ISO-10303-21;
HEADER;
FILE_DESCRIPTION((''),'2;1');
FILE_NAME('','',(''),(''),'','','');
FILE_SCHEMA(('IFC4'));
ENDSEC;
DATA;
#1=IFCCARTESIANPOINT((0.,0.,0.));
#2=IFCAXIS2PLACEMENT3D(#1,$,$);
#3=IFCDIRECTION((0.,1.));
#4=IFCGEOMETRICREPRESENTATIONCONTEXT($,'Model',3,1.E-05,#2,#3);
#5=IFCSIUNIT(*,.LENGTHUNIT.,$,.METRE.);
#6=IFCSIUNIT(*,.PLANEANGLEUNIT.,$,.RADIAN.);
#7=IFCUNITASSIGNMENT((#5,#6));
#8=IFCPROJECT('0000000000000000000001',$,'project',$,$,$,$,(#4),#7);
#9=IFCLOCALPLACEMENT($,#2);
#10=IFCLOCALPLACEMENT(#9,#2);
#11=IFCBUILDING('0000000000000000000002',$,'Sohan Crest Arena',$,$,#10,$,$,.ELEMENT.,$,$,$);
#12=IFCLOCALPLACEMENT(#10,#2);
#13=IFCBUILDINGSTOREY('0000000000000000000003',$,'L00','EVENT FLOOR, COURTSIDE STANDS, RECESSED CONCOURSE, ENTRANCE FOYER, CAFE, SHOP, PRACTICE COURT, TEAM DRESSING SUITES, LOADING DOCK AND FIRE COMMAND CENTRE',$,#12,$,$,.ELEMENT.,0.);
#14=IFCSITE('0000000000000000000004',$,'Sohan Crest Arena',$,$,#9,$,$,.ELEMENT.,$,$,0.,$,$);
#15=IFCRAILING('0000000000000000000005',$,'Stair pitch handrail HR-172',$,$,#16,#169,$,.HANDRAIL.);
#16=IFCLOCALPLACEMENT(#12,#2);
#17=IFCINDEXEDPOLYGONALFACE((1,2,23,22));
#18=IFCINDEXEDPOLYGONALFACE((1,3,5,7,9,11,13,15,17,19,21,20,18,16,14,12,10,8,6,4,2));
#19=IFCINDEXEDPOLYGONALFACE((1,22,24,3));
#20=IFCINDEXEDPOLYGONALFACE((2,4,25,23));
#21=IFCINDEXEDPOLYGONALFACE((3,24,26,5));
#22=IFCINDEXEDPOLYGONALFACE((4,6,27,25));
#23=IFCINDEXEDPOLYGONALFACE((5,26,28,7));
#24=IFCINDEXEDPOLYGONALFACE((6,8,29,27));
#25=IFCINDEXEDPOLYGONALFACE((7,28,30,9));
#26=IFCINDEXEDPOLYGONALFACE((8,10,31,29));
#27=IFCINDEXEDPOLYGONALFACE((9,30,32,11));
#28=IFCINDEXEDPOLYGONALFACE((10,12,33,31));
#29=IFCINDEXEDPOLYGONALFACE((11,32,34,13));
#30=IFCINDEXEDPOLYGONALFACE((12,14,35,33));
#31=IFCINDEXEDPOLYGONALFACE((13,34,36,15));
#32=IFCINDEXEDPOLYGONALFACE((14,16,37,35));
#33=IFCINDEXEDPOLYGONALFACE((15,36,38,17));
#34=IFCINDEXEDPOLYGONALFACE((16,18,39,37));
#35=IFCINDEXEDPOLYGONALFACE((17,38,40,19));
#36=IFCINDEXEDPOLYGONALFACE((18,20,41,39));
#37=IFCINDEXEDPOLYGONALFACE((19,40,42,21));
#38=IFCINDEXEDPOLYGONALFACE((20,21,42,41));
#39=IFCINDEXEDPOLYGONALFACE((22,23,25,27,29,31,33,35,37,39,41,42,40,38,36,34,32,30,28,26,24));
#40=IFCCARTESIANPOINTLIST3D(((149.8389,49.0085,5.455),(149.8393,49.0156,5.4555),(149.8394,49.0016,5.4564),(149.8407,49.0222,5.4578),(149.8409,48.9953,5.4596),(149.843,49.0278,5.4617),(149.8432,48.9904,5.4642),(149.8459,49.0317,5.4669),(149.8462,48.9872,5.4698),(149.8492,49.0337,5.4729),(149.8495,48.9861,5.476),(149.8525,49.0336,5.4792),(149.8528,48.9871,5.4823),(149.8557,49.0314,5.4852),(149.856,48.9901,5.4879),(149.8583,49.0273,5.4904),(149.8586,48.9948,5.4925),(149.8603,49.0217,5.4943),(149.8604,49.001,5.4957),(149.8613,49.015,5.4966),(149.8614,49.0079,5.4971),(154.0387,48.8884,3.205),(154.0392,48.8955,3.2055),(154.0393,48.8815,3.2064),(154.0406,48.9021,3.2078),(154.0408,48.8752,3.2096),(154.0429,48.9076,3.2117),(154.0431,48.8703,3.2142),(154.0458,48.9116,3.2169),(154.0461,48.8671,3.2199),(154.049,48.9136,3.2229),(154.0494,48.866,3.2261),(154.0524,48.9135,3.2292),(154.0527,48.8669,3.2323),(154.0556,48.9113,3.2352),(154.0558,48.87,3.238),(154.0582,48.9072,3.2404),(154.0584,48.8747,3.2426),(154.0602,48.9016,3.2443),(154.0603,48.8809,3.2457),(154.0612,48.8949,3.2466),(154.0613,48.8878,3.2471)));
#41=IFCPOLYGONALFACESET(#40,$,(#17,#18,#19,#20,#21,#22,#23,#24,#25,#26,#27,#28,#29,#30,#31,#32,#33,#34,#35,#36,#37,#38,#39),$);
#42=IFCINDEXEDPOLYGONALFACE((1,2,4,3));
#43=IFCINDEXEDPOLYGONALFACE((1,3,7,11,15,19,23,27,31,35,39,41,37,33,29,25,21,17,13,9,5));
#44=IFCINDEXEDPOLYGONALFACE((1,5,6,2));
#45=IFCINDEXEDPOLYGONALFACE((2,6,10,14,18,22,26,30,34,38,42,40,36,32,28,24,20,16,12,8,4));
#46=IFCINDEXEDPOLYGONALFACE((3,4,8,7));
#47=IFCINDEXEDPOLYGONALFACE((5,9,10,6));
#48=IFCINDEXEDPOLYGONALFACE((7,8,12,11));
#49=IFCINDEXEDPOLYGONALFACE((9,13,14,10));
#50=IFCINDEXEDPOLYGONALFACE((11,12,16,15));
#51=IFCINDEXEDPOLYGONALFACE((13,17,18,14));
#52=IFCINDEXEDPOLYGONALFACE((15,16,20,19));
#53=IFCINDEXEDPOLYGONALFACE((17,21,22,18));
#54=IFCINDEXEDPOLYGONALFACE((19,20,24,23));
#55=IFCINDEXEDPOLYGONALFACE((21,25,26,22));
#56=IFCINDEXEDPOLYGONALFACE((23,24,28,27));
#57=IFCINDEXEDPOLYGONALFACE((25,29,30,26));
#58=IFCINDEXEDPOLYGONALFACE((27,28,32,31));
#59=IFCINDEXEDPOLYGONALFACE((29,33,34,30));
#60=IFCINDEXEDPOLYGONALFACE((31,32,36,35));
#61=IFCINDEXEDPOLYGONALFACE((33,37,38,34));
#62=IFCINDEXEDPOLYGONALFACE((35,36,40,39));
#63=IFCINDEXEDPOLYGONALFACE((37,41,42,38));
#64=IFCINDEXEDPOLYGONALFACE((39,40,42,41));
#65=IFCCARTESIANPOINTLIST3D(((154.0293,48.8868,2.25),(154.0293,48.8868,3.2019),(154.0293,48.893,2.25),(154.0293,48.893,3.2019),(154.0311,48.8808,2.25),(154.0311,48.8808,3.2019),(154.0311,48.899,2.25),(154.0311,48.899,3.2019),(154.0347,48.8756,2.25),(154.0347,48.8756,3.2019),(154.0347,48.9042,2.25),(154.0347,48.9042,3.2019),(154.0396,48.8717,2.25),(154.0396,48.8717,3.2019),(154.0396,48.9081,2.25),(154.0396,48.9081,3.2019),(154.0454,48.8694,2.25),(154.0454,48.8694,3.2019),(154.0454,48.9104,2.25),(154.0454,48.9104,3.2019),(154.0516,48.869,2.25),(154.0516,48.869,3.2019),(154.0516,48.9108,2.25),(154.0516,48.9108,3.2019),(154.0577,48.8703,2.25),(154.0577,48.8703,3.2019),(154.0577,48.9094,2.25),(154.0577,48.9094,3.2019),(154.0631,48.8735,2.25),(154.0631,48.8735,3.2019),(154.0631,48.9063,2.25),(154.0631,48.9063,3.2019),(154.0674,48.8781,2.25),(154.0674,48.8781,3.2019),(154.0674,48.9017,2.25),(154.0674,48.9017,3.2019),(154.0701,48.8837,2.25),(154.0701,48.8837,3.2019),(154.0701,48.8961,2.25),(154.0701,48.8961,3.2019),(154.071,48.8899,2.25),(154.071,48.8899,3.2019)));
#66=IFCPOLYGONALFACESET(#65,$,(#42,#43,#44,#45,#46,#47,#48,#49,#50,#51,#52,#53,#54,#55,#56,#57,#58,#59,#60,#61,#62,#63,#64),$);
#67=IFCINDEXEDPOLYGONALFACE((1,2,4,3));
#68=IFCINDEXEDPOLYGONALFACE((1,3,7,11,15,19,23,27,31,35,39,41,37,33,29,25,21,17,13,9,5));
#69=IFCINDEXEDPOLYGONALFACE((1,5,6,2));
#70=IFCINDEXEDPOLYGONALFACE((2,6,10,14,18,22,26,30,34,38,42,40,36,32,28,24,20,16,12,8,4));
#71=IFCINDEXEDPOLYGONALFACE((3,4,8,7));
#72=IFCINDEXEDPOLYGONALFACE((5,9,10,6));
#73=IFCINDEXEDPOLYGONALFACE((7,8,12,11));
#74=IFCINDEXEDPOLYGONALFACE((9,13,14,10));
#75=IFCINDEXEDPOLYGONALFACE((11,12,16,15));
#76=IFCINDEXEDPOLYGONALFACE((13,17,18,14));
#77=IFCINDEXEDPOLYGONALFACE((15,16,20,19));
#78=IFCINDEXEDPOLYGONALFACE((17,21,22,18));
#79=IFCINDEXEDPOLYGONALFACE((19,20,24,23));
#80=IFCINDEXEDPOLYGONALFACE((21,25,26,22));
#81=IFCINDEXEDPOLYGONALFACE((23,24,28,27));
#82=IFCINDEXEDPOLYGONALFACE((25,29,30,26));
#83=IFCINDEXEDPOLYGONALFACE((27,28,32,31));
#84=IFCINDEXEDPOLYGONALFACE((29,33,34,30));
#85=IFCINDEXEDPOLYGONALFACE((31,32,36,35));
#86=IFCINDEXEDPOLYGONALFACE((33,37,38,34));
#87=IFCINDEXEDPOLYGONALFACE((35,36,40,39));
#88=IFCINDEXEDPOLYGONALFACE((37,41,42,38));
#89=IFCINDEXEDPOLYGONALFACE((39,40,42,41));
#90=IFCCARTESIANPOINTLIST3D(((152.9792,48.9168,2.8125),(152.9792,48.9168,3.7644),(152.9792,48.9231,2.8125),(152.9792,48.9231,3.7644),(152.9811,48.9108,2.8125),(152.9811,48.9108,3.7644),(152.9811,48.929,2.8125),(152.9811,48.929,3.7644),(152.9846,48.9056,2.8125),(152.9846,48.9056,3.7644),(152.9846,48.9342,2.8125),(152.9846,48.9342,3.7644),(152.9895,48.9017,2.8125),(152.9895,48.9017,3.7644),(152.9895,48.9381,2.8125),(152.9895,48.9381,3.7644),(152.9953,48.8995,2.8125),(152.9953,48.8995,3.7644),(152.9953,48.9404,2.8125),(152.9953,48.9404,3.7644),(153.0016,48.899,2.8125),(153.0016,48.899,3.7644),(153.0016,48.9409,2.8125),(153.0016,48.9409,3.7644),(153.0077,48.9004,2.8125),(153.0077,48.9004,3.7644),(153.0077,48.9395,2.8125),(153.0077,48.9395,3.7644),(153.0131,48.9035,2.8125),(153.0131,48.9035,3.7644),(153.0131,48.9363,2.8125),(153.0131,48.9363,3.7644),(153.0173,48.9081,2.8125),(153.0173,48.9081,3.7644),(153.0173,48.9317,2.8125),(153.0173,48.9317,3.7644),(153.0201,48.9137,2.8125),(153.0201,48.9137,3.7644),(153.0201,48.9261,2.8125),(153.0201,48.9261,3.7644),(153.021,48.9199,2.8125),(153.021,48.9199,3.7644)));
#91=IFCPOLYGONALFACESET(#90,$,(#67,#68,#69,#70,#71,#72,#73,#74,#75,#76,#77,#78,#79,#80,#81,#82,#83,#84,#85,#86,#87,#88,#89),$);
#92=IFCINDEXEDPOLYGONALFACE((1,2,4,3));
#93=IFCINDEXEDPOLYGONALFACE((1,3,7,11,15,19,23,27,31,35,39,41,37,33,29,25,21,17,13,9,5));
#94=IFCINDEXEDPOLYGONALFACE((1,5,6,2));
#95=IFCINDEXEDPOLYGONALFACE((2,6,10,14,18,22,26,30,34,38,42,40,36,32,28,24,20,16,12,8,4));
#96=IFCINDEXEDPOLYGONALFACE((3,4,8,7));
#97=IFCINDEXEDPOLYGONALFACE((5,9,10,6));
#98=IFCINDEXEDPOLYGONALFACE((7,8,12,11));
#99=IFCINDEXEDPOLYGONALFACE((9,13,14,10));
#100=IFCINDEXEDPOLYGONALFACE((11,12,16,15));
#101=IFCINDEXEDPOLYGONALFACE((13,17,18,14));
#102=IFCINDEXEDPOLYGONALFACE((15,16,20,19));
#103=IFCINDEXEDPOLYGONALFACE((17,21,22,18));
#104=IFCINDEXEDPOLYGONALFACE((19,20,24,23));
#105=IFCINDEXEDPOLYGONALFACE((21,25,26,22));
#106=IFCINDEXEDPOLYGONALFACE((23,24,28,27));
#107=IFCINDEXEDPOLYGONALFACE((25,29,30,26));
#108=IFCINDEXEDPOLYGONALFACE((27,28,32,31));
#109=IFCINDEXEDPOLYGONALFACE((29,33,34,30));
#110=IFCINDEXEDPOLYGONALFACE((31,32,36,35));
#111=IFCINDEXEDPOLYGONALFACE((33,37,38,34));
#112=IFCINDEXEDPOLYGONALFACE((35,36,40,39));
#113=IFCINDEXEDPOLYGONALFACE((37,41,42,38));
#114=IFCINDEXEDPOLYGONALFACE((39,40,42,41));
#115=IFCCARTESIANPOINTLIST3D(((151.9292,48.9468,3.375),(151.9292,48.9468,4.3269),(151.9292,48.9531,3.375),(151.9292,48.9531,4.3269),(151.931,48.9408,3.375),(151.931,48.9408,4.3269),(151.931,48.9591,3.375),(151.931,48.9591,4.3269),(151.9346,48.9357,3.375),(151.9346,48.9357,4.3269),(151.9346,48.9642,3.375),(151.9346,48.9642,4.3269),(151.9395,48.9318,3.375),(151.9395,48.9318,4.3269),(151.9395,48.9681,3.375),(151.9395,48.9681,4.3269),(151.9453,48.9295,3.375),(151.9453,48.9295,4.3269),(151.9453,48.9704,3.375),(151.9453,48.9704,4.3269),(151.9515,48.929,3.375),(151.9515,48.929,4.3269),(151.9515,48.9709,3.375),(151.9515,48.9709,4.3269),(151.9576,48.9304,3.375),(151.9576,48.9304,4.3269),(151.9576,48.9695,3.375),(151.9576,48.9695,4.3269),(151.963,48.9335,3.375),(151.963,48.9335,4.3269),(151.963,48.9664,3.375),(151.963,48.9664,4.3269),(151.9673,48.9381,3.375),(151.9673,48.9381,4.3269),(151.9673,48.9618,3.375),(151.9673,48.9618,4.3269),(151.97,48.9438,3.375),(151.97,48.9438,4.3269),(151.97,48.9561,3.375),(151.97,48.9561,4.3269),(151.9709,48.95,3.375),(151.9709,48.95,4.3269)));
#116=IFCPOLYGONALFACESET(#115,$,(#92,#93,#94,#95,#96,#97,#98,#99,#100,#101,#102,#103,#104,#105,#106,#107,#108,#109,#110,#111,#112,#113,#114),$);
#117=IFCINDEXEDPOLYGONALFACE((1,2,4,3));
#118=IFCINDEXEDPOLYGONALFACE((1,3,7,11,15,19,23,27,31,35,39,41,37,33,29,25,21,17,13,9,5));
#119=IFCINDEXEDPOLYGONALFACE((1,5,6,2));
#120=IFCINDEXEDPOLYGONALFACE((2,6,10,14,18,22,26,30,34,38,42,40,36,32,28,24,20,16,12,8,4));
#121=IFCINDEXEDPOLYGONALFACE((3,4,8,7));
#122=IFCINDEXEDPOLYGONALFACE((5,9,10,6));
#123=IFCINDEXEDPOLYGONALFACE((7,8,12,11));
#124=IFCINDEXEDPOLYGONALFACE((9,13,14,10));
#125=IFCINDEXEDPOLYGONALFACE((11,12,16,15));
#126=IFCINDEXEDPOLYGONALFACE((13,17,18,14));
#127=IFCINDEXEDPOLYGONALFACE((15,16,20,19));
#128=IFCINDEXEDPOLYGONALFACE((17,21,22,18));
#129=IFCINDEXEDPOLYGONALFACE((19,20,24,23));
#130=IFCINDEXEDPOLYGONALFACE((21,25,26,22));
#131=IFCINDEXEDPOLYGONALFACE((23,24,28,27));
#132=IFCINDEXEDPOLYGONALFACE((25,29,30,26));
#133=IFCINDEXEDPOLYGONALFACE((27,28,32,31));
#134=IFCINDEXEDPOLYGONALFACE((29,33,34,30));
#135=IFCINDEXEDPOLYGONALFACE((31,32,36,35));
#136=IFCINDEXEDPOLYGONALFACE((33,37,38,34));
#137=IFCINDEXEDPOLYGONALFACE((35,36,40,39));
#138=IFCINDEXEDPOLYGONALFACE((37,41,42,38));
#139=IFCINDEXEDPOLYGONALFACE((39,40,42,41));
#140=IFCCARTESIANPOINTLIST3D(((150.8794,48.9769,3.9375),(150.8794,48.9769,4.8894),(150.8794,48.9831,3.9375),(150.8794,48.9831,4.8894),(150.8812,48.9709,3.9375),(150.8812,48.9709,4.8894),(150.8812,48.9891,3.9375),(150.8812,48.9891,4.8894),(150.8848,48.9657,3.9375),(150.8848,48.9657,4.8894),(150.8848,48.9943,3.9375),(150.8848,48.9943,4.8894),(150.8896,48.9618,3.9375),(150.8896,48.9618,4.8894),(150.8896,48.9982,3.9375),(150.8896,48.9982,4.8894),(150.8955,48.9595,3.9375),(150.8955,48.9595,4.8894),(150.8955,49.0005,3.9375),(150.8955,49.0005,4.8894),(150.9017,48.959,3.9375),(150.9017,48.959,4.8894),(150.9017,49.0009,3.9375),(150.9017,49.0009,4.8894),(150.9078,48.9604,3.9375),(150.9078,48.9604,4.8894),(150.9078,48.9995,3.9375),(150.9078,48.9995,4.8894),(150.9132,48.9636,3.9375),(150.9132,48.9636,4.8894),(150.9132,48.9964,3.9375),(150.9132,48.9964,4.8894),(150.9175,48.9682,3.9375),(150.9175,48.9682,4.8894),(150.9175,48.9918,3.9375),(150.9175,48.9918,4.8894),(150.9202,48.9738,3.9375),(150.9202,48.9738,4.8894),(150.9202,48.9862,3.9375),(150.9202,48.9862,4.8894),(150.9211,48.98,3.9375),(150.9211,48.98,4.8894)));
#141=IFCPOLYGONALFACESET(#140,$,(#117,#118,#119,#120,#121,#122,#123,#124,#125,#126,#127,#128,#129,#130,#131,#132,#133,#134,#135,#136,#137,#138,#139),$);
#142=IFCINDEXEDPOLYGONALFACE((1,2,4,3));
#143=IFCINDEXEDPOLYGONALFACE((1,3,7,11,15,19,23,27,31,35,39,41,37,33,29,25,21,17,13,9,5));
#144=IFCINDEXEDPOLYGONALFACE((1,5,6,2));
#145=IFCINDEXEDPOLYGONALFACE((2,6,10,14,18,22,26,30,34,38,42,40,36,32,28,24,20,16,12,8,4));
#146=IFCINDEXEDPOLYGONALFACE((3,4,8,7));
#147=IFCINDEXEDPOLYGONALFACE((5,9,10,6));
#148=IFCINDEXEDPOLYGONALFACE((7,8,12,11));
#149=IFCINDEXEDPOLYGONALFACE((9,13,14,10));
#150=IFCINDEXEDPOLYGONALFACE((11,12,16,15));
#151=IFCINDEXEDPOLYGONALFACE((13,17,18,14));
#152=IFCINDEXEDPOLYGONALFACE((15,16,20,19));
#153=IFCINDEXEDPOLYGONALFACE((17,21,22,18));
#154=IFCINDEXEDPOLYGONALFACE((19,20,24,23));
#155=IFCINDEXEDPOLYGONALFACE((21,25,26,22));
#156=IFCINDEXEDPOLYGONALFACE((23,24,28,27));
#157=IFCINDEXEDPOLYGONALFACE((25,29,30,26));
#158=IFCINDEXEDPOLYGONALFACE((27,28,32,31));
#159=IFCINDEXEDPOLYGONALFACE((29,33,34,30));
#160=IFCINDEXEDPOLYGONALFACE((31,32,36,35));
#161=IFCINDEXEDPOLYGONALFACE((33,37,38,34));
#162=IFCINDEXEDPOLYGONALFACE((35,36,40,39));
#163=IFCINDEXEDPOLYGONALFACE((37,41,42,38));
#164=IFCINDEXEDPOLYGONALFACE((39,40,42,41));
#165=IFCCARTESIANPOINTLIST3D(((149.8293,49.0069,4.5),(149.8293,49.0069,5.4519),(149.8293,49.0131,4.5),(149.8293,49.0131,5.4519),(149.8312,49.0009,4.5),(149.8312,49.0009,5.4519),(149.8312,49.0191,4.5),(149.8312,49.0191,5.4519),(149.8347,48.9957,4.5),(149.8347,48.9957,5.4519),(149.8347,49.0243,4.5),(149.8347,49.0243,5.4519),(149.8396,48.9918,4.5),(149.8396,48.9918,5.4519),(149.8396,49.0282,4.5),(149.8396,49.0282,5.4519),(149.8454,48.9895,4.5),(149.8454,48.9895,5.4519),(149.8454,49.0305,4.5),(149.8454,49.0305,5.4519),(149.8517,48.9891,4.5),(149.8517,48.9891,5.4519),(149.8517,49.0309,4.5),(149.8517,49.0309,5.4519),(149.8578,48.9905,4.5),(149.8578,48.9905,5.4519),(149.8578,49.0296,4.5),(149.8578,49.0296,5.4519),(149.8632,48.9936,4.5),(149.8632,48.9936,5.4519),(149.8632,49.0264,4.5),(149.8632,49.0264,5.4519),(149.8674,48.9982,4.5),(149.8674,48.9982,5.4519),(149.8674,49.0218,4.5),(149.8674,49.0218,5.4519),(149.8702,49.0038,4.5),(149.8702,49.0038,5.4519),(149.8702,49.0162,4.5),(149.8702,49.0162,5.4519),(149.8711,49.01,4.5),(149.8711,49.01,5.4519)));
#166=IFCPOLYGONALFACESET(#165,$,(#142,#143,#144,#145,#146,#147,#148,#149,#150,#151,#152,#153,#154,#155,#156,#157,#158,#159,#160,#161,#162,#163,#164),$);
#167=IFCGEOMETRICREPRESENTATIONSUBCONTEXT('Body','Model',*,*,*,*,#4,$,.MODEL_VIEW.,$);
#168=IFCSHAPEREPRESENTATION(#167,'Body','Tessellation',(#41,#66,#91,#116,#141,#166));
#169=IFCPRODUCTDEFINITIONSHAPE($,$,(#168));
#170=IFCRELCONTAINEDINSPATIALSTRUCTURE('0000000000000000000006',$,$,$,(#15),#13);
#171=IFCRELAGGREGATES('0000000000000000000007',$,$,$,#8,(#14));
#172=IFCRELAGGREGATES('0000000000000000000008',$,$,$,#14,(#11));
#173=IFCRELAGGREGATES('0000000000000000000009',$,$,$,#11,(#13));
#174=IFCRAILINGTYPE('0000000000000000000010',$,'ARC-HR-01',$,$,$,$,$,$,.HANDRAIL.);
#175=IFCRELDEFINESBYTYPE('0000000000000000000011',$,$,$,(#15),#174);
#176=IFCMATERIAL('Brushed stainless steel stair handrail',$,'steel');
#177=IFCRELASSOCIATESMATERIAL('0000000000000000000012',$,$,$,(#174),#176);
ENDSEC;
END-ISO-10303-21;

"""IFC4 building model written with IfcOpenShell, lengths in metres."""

from ifc_helpers import new_model, si_unit, direction, frame, origin, origin_2d, place, context, subcontext, project, spatial, circle, extrude, material, type_object, element, save


model = new_model("IFC4")

# Units and contexts
model_context = context("Model", 3, precision=1e-05, world=origin(), true_north=direction((0.0, 1.0)))
body_context = subcontext(model_context, "Body", "Model", "MODEL_VIEW")
ifc_project = project(units=[si_unit("LENGTHUNIT", "METRE"), si_unit("PLANEANGLEUNIT", "RADIAN")], contexts=[model_context])

# Site, building, storey
site_placement = place(None, origin())
site = spatial("IfcSite", under=ifc_project, at=site_placement, Name="Sohan Crest Arena", CompositionType="ELEMENT", RefElevation=0.0)
building_placement = place(site_placement, origin())
building = spatial("IfcBuilding", under=site, at=building_placement, Name="Sohan Crest Arena", CompositionType="ELEMENT")
storey_placement = place(building_placement, origin())
storey = spatial("IfcBuildingStorey", under=building, at=storey_placement, Name="L00", Description="EVENT FLOOR, COURTSIDE STANDS, RECESSED CONCOURSE, ENTRANCE FOYER, CAFE, SHOP, PRACTICE COURT, TEAM DRESSING SUITES, LOADING DOCK AND FIRE COMMAND CENTRE", CompositionType="ELEMENT", Elevation=0.0)

# Railing
ifc_material_1 = material(Name="Brushed stainless steel stair handrail", Category="steel")
railing_type_1 = type_object("IfcRailingType", Name="ARC-HR-01", PredefinedType="HANDRAIL", material=ifc_material_1)
railing_1_placement = place(storey_placement, frame((154.05, 48.8899, 2.25)))
element("IfcRailing", 1, at=railing_1_placement, inside=storey, type_object=railing_type_1, Name="Stair pitch handrail HR-172", PredefinedType="HANDRAIL", context=body_context, shape_type="SweptSolid", body=[
    extrude(circle(Radius=0.0239, at=origin_2d()), frame((0.0, 0.0, 0.9761), z_axis=(-0.881198, 0.025202, 0.472076), x_axis=(-0.028588, -0.999591, 0.0)), (0.0, 0.0, 1.0), 4.7661),
    extrude(circle(Radius=0.021, at=origin_2d()), origin(), (0.0, 0.0, 1.0), 0.9519),
    extrude(circle(Radius=0.021, at=origin_2d()), frame((-1.05, 0.03, 0.5625)), (0.0, 0.0, 1.0), 0.9519),
    extrude(circle(Radius=0.021, at=origin_2d()), frame((-2.1001, 0.0601, 1.125)), (0.0, 0.0, 1.0), 0.9519),
    extrude(circle(Radius=0.021, at=origin_2d()), frame((-3.1499, 0.0901, 1.6875)), (0.0, 0.0, 1.0), 0.9519),
    extrude(circle(Radius=0.021, at=origin_2d()), frame((-4.2, 0.1201, 2.25)), (0.0, 0.0, 1.0), 0.9519),
])

save(model, "model.ifc")
